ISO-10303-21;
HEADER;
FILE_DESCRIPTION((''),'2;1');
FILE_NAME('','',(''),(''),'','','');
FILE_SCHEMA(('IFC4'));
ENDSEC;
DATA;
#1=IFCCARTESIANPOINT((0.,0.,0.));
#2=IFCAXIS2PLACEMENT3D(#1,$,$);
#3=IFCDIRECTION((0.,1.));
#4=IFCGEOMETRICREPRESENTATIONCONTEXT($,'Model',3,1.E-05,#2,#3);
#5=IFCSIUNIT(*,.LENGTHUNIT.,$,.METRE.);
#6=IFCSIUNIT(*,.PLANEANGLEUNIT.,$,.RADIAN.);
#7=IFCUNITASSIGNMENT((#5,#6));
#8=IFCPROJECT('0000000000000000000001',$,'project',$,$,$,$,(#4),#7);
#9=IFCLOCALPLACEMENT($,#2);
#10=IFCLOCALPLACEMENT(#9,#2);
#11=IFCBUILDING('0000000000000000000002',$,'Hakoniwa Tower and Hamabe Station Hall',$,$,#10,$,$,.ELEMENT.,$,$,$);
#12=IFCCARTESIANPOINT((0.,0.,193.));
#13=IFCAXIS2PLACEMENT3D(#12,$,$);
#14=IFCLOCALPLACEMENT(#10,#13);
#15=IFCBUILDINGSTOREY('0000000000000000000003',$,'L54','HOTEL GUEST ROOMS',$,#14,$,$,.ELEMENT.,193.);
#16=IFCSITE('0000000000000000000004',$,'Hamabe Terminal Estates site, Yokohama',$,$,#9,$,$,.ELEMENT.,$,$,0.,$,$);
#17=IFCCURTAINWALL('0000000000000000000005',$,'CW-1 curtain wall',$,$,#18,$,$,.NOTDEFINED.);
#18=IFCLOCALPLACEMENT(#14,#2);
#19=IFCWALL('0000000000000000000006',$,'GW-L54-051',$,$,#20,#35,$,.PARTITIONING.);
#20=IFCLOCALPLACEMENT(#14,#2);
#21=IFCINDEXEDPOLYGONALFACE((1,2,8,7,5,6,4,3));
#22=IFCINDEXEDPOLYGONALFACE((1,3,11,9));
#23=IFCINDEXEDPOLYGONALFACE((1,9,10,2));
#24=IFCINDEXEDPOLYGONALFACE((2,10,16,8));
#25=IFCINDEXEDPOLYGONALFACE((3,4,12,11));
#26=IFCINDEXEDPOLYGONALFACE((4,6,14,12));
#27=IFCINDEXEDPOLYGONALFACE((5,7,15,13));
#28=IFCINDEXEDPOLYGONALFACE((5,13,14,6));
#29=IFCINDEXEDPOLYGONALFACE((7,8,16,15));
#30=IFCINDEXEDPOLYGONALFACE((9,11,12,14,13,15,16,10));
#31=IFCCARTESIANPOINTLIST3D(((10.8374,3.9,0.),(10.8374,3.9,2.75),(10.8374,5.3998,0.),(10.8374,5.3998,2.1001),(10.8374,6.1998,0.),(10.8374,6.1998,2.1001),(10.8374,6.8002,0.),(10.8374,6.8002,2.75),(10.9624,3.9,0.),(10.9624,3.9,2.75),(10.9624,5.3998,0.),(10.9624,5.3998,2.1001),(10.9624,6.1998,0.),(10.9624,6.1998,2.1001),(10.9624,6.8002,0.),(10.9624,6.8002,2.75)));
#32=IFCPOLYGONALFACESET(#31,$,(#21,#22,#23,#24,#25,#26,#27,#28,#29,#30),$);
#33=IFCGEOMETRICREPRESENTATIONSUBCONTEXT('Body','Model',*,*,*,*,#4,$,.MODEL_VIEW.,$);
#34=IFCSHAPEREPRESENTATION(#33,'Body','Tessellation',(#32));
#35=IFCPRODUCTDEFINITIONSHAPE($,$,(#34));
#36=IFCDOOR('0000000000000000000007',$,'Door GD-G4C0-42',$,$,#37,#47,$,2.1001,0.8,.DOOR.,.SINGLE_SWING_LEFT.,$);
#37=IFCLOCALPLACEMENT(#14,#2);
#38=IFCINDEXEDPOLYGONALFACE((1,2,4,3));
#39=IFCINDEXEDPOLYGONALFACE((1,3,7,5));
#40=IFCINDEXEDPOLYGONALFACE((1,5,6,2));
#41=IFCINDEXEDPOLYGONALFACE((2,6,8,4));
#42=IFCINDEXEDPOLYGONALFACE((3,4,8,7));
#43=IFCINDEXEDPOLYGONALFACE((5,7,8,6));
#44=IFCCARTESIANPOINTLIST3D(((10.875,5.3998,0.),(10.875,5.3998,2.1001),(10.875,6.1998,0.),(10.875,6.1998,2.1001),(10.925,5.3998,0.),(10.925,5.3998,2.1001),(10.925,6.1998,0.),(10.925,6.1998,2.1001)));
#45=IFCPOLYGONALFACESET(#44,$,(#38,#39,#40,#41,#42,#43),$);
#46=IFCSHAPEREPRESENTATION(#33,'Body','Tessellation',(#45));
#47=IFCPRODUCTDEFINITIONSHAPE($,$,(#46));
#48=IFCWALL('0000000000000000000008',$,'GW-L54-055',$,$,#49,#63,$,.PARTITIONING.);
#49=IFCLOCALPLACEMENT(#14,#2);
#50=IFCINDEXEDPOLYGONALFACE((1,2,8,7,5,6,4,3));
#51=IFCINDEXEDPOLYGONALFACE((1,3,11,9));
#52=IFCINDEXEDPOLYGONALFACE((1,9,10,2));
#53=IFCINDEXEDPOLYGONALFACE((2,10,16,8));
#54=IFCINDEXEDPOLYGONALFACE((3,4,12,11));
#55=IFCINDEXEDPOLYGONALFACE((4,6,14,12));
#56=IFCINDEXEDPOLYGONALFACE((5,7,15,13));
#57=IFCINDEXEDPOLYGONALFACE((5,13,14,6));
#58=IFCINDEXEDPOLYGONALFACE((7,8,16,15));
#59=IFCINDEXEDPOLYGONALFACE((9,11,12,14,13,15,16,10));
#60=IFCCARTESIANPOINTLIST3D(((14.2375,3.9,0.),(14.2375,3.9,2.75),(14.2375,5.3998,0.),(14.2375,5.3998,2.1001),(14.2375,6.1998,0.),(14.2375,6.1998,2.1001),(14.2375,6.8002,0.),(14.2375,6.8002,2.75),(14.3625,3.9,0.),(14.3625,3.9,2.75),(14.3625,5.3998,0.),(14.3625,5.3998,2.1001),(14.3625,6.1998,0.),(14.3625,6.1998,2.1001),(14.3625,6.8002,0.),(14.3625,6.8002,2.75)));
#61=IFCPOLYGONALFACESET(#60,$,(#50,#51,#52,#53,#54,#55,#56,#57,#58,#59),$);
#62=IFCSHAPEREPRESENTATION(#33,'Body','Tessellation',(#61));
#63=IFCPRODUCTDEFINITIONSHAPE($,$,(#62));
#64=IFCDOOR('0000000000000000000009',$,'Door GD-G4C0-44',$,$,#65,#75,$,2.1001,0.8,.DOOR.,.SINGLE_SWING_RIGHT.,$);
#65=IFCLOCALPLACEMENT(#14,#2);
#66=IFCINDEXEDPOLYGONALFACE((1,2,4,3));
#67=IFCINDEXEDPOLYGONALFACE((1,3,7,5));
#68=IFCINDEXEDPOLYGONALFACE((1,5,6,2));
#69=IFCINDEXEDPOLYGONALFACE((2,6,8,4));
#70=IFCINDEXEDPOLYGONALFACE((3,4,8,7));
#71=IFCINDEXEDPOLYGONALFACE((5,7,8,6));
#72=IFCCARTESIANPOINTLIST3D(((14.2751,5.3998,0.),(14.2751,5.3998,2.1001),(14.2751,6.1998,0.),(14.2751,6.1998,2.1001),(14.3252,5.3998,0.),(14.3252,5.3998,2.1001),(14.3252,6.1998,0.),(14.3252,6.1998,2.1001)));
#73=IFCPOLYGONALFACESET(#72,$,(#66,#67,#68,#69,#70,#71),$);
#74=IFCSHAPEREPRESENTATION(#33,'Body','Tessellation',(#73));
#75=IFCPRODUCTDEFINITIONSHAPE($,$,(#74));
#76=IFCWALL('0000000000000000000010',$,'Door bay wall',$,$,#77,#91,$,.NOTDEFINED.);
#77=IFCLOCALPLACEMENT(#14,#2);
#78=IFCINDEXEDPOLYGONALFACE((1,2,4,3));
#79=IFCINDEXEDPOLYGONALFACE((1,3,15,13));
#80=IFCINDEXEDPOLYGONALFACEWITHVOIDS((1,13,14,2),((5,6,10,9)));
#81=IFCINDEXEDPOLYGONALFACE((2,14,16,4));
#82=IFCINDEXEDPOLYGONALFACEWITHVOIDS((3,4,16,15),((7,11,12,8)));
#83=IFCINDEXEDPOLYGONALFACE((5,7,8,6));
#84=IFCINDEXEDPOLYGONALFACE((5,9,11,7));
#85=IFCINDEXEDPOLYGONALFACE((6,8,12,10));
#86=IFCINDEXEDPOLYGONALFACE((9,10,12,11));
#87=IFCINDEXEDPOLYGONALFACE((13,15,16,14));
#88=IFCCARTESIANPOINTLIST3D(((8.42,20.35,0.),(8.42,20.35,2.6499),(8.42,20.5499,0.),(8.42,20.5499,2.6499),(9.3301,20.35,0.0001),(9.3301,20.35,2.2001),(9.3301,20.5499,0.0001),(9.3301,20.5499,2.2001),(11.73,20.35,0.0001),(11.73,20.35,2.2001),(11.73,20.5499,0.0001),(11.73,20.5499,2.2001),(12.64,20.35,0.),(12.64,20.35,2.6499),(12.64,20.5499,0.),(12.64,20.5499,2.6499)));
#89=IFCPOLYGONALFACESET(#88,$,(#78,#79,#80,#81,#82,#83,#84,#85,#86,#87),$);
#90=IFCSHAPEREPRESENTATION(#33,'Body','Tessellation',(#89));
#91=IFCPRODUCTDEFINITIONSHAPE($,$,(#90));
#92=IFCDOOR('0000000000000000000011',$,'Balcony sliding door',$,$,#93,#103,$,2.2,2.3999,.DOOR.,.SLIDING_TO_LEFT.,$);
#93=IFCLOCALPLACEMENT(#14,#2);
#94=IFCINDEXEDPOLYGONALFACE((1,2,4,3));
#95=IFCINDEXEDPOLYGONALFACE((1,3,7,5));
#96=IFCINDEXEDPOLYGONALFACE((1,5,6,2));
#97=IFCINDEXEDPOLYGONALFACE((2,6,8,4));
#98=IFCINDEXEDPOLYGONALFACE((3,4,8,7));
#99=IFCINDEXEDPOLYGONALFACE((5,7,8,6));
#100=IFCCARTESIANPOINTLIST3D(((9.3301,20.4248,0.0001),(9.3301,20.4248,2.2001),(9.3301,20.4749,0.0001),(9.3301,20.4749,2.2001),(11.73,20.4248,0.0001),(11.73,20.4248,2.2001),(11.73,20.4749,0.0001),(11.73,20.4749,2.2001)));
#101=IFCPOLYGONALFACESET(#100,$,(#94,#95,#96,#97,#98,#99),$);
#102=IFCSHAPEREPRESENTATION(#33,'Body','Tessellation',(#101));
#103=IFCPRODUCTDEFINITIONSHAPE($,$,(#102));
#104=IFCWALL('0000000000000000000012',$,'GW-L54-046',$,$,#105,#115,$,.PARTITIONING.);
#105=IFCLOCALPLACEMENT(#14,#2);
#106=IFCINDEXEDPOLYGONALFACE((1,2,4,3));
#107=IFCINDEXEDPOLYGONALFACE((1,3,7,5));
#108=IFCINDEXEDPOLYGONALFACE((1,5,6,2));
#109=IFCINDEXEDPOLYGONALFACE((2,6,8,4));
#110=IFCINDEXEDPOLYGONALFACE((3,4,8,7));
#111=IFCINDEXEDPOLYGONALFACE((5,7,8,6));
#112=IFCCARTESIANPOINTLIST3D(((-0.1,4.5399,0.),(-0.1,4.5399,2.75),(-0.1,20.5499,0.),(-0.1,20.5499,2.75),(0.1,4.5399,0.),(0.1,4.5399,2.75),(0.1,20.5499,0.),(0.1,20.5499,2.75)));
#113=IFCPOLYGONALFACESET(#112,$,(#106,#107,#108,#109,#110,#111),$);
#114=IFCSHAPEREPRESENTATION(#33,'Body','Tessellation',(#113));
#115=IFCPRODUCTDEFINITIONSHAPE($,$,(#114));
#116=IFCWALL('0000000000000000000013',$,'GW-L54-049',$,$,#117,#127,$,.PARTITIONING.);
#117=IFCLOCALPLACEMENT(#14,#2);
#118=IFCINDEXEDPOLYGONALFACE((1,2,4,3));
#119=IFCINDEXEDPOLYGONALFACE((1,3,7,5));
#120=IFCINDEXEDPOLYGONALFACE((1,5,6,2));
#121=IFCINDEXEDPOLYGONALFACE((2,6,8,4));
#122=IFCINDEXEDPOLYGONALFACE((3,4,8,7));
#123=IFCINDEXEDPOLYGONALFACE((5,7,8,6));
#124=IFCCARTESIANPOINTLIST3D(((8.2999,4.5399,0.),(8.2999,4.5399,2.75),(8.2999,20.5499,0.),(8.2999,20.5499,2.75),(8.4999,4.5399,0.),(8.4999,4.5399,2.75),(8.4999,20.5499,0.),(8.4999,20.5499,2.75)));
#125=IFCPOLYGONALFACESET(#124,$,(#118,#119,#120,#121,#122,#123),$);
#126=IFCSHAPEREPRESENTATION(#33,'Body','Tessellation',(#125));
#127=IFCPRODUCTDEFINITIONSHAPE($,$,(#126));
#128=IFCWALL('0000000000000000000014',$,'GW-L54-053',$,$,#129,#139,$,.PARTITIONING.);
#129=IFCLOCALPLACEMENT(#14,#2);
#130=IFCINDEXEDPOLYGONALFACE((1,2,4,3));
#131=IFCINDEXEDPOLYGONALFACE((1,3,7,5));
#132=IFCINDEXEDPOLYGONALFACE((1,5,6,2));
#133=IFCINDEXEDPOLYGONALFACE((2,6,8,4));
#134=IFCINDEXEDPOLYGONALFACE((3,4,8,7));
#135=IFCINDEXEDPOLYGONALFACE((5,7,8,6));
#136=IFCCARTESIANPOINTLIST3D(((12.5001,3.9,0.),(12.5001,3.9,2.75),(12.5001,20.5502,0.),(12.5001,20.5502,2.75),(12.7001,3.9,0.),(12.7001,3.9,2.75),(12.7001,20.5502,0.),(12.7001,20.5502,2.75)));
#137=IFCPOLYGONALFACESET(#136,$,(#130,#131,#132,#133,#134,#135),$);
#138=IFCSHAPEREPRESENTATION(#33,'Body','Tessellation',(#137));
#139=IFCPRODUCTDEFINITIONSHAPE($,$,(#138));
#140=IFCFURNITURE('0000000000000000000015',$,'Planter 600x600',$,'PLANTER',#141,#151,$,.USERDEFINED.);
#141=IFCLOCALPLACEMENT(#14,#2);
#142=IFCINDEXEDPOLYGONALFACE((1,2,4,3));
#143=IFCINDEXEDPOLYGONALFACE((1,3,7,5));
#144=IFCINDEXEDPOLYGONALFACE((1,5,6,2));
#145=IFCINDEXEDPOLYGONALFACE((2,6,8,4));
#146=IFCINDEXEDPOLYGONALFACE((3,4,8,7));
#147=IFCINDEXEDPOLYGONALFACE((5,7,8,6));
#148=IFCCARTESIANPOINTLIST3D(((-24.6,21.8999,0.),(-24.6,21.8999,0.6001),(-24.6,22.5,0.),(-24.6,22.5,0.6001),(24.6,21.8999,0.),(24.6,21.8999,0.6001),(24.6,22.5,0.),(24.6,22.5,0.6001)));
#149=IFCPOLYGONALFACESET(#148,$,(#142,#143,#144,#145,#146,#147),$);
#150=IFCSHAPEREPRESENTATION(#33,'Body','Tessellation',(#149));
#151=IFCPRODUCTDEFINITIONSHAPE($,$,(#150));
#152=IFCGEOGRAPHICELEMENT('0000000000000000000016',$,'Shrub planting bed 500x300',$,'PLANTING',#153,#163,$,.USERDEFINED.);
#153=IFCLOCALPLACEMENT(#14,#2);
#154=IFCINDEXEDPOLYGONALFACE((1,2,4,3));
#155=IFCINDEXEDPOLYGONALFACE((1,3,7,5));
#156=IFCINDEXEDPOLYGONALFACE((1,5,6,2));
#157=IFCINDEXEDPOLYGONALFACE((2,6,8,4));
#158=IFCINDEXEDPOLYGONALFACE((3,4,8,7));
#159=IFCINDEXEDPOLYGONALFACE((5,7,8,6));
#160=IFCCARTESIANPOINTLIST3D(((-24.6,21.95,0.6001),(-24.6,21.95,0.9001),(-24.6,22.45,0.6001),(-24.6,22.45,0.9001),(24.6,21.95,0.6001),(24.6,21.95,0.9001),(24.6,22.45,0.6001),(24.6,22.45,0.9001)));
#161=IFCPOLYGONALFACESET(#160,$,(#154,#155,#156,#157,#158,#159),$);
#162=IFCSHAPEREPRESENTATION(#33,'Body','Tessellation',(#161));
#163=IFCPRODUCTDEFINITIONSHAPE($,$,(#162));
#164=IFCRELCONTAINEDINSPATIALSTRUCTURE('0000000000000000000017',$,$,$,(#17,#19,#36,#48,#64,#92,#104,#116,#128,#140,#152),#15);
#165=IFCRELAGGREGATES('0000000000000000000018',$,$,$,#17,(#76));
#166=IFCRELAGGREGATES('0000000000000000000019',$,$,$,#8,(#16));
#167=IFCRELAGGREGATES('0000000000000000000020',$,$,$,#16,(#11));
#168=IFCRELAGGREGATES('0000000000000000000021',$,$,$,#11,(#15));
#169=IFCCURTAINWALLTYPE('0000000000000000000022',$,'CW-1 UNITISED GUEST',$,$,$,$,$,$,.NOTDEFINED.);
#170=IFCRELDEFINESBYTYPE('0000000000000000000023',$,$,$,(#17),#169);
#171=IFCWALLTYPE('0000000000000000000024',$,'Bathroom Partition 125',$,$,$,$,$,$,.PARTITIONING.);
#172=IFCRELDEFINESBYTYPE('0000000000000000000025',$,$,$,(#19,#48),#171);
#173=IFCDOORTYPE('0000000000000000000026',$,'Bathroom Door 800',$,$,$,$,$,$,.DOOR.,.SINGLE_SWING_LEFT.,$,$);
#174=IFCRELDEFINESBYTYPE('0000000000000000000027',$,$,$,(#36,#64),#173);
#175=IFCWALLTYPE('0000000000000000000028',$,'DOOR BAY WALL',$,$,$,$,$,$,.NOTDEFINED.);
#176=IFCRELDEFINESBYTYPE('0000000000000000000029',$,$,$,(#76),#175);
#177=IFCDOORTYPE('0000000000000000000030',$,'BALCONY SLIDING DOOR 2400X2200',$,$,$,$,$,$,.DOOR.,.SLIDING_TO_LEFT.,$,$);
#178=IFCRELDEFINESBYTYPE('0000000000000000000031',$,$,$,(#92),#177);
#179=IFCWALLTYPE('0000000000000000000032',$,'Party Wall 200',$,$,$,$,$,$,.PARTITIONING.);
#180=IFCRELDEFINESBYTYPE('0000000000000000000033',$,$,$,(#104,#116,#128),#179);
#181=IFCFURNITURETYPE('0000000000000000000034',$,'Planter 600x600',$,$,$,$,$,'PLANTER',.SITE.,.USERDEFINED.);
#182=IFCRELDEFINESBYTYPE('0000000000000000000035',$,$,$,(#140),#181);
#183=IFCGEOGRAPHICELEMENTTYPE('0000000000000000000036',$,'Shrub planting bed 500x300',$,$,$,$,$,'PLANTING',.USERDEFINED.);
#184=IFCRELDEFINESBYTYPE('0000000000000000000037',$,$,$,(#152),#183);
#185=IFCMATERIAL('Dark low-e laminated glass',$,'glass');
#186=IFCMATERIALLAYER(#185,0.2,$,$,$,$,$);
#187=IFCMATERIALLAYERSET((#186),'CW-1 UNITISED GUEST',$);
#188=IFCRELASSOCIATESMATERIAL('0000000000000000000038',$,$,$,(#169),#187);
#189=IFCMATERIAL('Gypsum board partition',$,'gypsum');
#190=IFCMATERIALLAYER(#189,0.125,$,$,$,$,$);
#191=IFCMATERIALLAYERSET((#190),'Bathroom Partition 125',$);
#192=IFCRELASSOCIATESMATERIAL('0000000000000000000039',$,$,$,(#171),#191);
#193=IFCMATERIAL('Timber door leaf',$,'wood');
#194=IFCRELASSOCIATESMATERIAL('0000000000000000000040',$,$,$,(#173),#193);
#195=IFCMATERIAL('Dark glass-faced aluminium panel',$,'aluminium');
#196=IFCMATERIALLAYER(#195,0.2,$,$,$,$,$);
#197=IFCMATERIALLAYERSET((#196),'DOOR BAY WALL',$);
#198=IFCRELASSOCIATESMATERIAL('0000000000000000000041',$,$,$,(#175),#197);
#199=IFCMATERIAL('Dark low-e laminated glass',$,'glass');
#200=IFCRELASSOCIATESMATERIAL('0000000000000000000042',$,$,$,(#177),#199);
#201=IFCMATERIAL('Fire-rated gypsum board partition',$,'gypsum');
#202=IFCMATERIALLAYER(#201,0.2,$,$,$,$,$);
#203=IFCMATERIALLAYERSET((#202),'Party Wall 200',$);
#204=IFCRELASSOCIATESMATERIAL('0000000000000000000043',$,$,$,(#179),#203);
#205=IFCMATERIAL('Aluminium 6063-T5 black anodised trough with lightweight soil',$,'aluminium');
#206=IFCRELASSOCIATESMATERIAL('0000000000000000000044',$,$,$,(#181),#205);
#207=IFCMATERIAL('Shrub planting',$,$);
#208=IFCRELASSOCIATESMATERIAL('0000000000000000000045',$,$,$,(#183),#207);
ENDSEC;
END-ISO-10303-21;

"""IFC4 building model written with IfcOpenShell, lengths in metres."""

from ifc_helpers import new_model, si_unit, direction, frame, frame_2d, origin, origin_2d, place, context, subcontext, project, spatial, rectangle, extrude, material, layer, layer_set, type_object, element, fill, aggregate, save


model = new_model("IFC4")

# Units and contexts
model_context = context("Model", 3, precision=1e-05, world=origin(), true_north=direction((0.0, 1.0)))
body_context = subcontext(model_context, "Body", "Model", "MODEL_VIEW")
ifc_project = project(units=[si_unit("LENGTHUNIT", "METRE"), si_unit("PLANEANGLEUNIT", "RADIAN")], contexts=[model_context])

# Site, building, storey
site_placement = place(None, origin())
site = spatial("IfcSite", under=ifc_project, at=site_placement, Name="Hamabe Terminal Estates site, Yokohama", CompositionType="ELEMENT", RefElevation=0.0)
building_placement = place(site_placement, origin())
building = spatial("IfcBuilding", under=site, at=building_placement, Name="Hakoniwa Tower and Hamabe Station Hall", CompositionType="ELEMENT")
storey_placement = place(building_placement, frame((0.0, 0.0, 193.0)))
storey = spatial("IfcBuildingStorey", under=building, at=storey_placement, Name="L54", Description="HOTEL GUEST ROOMS", CompositionType="ELEMENT", Elevation=193.0)

# Curtain wall
ifc_material_1 = material(Name="Dark low-e laminated glass", Category="glass")
ifc_layer_1 = layer(ifc_material_1, 0.2)
ifc_layer_set_1 = layer_set([ifc_layer_1], Name="CW-1 UNITISED GUEST")
curtain_wall_type = type_object("IfcCurtainWallType", Name="CW-1 UNITISED GUEST", PredefinedType="NOTDEFINED", material=ifc_layer_set_1)
curtain_wall_placement = place(storey_placement, origin())
curtain_wall = element("IfcCurtainWall", 1, at=curtain_wall_placement, inside=storey, type_object=curtain_wall_type, Name="CW-1 curtain wall", PredefinedType="NOTDEFINED")

# Shared definitions
ifc_material_2 = material(Name="Gypsum board partition", Category="gypsum")
ifc_layer_2 = layer(ifc_material_2, 0.125)
ifc_layer_set_2 = layer_set([ifc_layer_2], Name="Bathroom Partition 125")
wall_type_1 = type_object("IfcWallType", Name="Bathroom Partition 125", PredefinedType="PARTITIONING", material=ifc_layer_set_2)

# Walls, openings, doors
wall_1_placement = place(storey_placement, frame((10.8999, 3.8999, 0.0), z_axis=(0.0, 0.0, 1.0), x_axis=(0.0, 1.0, 0.0)))
wall_1 = element("IfcWall", 2, at=wall_1_placement, inside=storey, type_object=wall_type_1, Name="GW-L54-051", PredefinedType="PARTITIONING", context=body_context, shape_type="SweptSolid", body=[
    extrude(rectangle(XDim=2.9001, YDim=0.125, at=frame_2d((1.4502, 0.0))), origin(), (0.0, 0.0, 1.0), 2.75),
])
opening_1_placement = place(wall_1_placement, frame((1.5, 0.0, 0.0)))
opening_1 = element("IfcOpeningElement", 3, at=opening_1_placement, cuts=wall_1, PredefinedType="OPENING", context=body_context, shape_type="SweptSolid", body=[
    extrude(rectangle(XDim=0.8, YDim=2.1001, at=frame_2d((0.3999, 1.05))), frame((0.0, 0.0725, 0.0), z_axis=(0.0, -1.0, 0.0), x_axis=(1.0, 0.0, 0.0)), (0.0, 0.0, 1.0), 0.145),
])
ifc_material_3 = material(Name="Timber door leaf", Category="wood")
door_type_1 = type_object("IfcDoorType", Name="Bathroom Door 800", OperationType="SINGLE_SWING_LEFT", PredefinedType="DOOR", material=ifc_material_3)
door_1_placement = place(opening_1_placement, origin())
door_1 = element("IfcDoor", 4, at=door_1_placement, inside=storey, type_object=door_type_1, Name="Door GD-G4C0-42", OperationType="SINGLE_SWING_LEFT", OverallHeight=2.1001, OverallWidth=0.8, PredefinedType="DOOR", context=body_context, shape_type="SweptSolid", body=[
    extrude(rectangle(XDim=0.8, YDim=2.1001, at=frame_2d((0.3999, 1.05))), frame((0.0, 0.0249, 0.0), z_axis=(0.0, -1.0, 0.0), x_axis=(1.0, 0.0, 0.0)), (0.0, 0.0, 1.0), 0.05),
])
fill(opening_1, door_1)
wall_2_placement = place(storey_placement, frame((14.3, 3.8999, 0.0), z_axis=(0.0, 0.0, 1.0), x_axis=(0.0, 1.0, 0.0)))
wall_2 = element("IfcWall", 5, at=wall_2_placement, inside=storey, type_object=wall_type_1, Name="GW-L54-055", PredefinedType="PARTITIONING", context=body_context, shape_type="SweptSolid", body=[
    extrude(rectangle(XDim=2.9001, YDim=0.125, at=frame_2d((1.4502, 0.0))), origin(), (0.0, 0.0, 1.0), 2.75),
])
opening_2_placement = place(wall_2_placement, frame((1.5, 0.0, 0.0)))
opening_2 = element("IfcOpeningElement", 6, at=opening_2_placement, cuts=wall_2, PredefinedType="OPENING", context=body_context, shape_type="SweptSolid", body=[
    extrude(rectangle(XDim=0.8, YDim=2.1001, at=frame_2d((0.3999, 1.05))), frame((0.0, 0.0725, 0.0), z_axis=(0.0, -1.0, 0.0), x_axis=(1.0, 0.0, 0.0)), (0.0, 0.0, 1.0), 0.145),
])
door_2_placement = place(opening_2_placement, origin())
door_2 = element("IfcDoor", 7, at=door_2_placement, inside=storey, type_object=door_type_1, Name="Door GD-G4C0-44", OperationType="SINGLE_SWING_RIGHT", OverallHeight=2.1001, OverallWidth=0.8, PredefinedType="DOOR", context=body_context, shape_type="SweptSolid", body=[
    extrude(rectangle(XDim=0.8, YDim=2.1001, at=frame_2d((0.3999, 1.05))), frame((0.0, 0.0249, 0.0), z_axis=(0.0, -1.0, 0.0), x_axis=(1.0, 0.0, 0.0)), (0.0, 0.0, 1.0), 0.05),
])
fill(opening_2, door_2)
ifc_material_4 = material(Name="Dark glass-faced aluminium panel", Category="aluminium")
ifc_layer_3 = layer(ifc_material_4, 0.2)
ifc_layer_set_3 = layer_set([ifc_layer_3], Name="DOOR BAY WALL")
wall_type_2 = type_object("IfcWallType", Name="DOOR BAY WALL", PredefinedType="NOTDEFINED", material=ifc_layer_set_3)
wall_3_placement = place(storey_placement, frame((12.6399, 20.45, 0.0), z_axis=(0.0, 0.0, 1.0), x_axis=(-1.0, 0.0, 0.0)))
wall_3 = element("IfcWall", 8, at=wall_3_placement, type_object=wall_type_2, Name="Door bay wall", PredefinedType="NOTDEFINED", context=body_context, shape_type="SweptSolid", body=[
    extrude(rectangle(XDim=4.22, YDim=0.2, at=frame_2d((2.1099, 0.0))), origin(), (0.0, 0.0, 1.0), 2.6499),
])
opening_3_placement = place(wall_3_placement, frame((0.9099, 0.0, 0.0)))
opening_3 = element("IfcOpeningElement", 9, at=opening_3_placement, cuts=wall_3, PredefinedType="OPENING", context=body_context, shape_type="SweptSolid", body=[
    extrude(rectangle(XDim=2.3999, YDim=2.2, at=frame_2d((1.2, 1.1001))), frame((0.0, 0.1099, 0.0), z_axis=(0.0, -1.0, 0.0), x_axis=(1.0, 0.0, 0.0)), (0.0, 0.0, 1.0), 0.22),
])
ifc_material_5 = material(Name="Dark low-e laminated glass", Category="glass")
door_type_2 = type_object("IfcDoorType", Name="BALCONY SLIDING DOOR 2400X2200", OperationType="SLIDING_TO_LEFT", PredefinedType="DOOR", material=ifc_material_5)
door_3_placement = place(opening_3_placement, frame((2.3999, 0.0, 0.0), z_axis=(0.0, 0.0, 1.0), x_axis=(-1.0, 0.0, 0.0)))
door_3 = element("IfcDoor", 10, at=door_3_placement, inside=storey, type_object=door_type_2, Name="Balcony sliding door", OperationType="SLIDING_TO_LEFT", OverallHeight=2.2, OverallWidth=2.3999, PredefinedType="DOOR", context=body_context, shape_type="SweptSolid", body=[
    extrude(rectangle(XDim=2.3999, YDim=2.2, at=frame_2d((1.2, 1.1001))), frame((0.0, 0.0249, 0.0), z_axis=(0.0, -1.0, 0.0), x_axis=(1.0, 0.0, 0.0)), (0.0, 0.0, 1.0), 0.05),
])
fill(opening_3, door_3)
aggregate(curtain_wall, [wall_3])

# Walls
ifc_material_6 = material(Name="Fire-rated gypsum board partition", Category="gypsum")
ifc_layer_4 = layer(ifc_material_6, 0.2)
ifc_layer_set_4 = layer_set([ifc_layer_4], Name="Party Wall 200")
wall_type_3 = type_object("IfcWallType", Name="Party Wall 200", PredefinedType="PARTITIONING", material=ifc_layer_set_4)
for number, where, z_axis, x_axis, name in (
    (11, (0.0, 4.54, 0.0), (0.0, 0.0, 1.0), (0.0, 1.0, 0.0), "GW-L54-046"),
    (12, (8.3999, 4.54, 0.0), (0.0, 0.0, 1.0), (0.0, 1.0, 0.0), "GW-L54-049"),
):
    element("IfcWall", number, at=place(storey_placement, frame(where, z_axis=z_axis, x_axis=x_axis)), inside=storey, type_object=wall_type_3, Name=name, PredefinedType="PARTITIONING", context=body_context, shape_type="SweptSolid", body=[
        extrude(rectangle(XDim=16.01, YDim=0.2, at=frame_2d((8.0049, 0.0))), origin(), (0.0, 0.0, 1.0), 2.75),
    ])
wall_4_placement = place(storey_placement, frame((12.6001, 3.8999, 0.0), z_axis=(0.0, 0.0, 1.0), x_axis=(0.0, 1.0, 0.0)))
element("IfcWall", 13, at=wall_4_placement, inside=storey, type_object=wall_type_3, Name="GW-L54-053", PredefinedType="PARTITIONING", context=body_context, shape_type="SweptSolid", body=[
    extrude(rectangle(XDim=16.6501, YDim=0.2, at=frame_2d((8.3252, 0.0))), origin(), (0.0, 0.0, 1.0), 2.75),
])

# Furniture
ifc_material_7 = material(Name="Aluminium 6063-T5 black anodised trough with lightweight soil", Category="aluminium")
furniture_type = type_object("IfcFurnitureType", Name="Planter 600x600", ElementType="PLANTER", AssemblyPlace="SITE", PredefinedType="USERDEFINED", material=ifc_material_7)
furniture_placement = place(storey_placement, frame((0.0, 22.2, 0.0), z_axis=(0.0, 0.0, 1.0), x_axis=(1.0, 0.0, 0.0)))
element("IfcFurniture", 14, at=furniture_placement, inside=storey, type_object=furniture_type, Name="Planter 600x600", ObjectType="PLANTER", PredefinedType="USERDEFINED", context=body_context, shape_type="SweptSolid", body=[
    extrude(rectangle(XDim=49.2, YDim=0.6001, at=origin_2d()), origin(), (0.0, 0.0, 1.0), 0.6001),
])

# Geographic element
ifc_material_8 = material(Name="Shrub planting")
geographic_element_type = type_object("IfcGeographicElementType", Name="Shrub planting bed 500x300", ElementType="PLANTING", PredefinedType="USERDEFINED", material=ifc_material_8)
geographic_element_placement = place(storey_placement, frame((0.0, 22.2, 0.6001), z_axis=(0.0, 0.0, 1.0), x_axis=(1.0, 0.0, 0.0)))
element("IfcGeographicElement", 15, at=geographic_element_placement, inside=storey, type_object=geographic_element_type, Name="Shrub planting bed 500x300", ObjectType="PLANTING", PredefinedType="USERDEFINED", context=body_context, shape_type="SweptSolid", body=[
    extrude(rectangle(XDim=49.2, YDim=0.5, at=origin_2d()), origin(), (0.0, 0.0, 1.0), 0.3),
])

save(model, "model.ifc")
